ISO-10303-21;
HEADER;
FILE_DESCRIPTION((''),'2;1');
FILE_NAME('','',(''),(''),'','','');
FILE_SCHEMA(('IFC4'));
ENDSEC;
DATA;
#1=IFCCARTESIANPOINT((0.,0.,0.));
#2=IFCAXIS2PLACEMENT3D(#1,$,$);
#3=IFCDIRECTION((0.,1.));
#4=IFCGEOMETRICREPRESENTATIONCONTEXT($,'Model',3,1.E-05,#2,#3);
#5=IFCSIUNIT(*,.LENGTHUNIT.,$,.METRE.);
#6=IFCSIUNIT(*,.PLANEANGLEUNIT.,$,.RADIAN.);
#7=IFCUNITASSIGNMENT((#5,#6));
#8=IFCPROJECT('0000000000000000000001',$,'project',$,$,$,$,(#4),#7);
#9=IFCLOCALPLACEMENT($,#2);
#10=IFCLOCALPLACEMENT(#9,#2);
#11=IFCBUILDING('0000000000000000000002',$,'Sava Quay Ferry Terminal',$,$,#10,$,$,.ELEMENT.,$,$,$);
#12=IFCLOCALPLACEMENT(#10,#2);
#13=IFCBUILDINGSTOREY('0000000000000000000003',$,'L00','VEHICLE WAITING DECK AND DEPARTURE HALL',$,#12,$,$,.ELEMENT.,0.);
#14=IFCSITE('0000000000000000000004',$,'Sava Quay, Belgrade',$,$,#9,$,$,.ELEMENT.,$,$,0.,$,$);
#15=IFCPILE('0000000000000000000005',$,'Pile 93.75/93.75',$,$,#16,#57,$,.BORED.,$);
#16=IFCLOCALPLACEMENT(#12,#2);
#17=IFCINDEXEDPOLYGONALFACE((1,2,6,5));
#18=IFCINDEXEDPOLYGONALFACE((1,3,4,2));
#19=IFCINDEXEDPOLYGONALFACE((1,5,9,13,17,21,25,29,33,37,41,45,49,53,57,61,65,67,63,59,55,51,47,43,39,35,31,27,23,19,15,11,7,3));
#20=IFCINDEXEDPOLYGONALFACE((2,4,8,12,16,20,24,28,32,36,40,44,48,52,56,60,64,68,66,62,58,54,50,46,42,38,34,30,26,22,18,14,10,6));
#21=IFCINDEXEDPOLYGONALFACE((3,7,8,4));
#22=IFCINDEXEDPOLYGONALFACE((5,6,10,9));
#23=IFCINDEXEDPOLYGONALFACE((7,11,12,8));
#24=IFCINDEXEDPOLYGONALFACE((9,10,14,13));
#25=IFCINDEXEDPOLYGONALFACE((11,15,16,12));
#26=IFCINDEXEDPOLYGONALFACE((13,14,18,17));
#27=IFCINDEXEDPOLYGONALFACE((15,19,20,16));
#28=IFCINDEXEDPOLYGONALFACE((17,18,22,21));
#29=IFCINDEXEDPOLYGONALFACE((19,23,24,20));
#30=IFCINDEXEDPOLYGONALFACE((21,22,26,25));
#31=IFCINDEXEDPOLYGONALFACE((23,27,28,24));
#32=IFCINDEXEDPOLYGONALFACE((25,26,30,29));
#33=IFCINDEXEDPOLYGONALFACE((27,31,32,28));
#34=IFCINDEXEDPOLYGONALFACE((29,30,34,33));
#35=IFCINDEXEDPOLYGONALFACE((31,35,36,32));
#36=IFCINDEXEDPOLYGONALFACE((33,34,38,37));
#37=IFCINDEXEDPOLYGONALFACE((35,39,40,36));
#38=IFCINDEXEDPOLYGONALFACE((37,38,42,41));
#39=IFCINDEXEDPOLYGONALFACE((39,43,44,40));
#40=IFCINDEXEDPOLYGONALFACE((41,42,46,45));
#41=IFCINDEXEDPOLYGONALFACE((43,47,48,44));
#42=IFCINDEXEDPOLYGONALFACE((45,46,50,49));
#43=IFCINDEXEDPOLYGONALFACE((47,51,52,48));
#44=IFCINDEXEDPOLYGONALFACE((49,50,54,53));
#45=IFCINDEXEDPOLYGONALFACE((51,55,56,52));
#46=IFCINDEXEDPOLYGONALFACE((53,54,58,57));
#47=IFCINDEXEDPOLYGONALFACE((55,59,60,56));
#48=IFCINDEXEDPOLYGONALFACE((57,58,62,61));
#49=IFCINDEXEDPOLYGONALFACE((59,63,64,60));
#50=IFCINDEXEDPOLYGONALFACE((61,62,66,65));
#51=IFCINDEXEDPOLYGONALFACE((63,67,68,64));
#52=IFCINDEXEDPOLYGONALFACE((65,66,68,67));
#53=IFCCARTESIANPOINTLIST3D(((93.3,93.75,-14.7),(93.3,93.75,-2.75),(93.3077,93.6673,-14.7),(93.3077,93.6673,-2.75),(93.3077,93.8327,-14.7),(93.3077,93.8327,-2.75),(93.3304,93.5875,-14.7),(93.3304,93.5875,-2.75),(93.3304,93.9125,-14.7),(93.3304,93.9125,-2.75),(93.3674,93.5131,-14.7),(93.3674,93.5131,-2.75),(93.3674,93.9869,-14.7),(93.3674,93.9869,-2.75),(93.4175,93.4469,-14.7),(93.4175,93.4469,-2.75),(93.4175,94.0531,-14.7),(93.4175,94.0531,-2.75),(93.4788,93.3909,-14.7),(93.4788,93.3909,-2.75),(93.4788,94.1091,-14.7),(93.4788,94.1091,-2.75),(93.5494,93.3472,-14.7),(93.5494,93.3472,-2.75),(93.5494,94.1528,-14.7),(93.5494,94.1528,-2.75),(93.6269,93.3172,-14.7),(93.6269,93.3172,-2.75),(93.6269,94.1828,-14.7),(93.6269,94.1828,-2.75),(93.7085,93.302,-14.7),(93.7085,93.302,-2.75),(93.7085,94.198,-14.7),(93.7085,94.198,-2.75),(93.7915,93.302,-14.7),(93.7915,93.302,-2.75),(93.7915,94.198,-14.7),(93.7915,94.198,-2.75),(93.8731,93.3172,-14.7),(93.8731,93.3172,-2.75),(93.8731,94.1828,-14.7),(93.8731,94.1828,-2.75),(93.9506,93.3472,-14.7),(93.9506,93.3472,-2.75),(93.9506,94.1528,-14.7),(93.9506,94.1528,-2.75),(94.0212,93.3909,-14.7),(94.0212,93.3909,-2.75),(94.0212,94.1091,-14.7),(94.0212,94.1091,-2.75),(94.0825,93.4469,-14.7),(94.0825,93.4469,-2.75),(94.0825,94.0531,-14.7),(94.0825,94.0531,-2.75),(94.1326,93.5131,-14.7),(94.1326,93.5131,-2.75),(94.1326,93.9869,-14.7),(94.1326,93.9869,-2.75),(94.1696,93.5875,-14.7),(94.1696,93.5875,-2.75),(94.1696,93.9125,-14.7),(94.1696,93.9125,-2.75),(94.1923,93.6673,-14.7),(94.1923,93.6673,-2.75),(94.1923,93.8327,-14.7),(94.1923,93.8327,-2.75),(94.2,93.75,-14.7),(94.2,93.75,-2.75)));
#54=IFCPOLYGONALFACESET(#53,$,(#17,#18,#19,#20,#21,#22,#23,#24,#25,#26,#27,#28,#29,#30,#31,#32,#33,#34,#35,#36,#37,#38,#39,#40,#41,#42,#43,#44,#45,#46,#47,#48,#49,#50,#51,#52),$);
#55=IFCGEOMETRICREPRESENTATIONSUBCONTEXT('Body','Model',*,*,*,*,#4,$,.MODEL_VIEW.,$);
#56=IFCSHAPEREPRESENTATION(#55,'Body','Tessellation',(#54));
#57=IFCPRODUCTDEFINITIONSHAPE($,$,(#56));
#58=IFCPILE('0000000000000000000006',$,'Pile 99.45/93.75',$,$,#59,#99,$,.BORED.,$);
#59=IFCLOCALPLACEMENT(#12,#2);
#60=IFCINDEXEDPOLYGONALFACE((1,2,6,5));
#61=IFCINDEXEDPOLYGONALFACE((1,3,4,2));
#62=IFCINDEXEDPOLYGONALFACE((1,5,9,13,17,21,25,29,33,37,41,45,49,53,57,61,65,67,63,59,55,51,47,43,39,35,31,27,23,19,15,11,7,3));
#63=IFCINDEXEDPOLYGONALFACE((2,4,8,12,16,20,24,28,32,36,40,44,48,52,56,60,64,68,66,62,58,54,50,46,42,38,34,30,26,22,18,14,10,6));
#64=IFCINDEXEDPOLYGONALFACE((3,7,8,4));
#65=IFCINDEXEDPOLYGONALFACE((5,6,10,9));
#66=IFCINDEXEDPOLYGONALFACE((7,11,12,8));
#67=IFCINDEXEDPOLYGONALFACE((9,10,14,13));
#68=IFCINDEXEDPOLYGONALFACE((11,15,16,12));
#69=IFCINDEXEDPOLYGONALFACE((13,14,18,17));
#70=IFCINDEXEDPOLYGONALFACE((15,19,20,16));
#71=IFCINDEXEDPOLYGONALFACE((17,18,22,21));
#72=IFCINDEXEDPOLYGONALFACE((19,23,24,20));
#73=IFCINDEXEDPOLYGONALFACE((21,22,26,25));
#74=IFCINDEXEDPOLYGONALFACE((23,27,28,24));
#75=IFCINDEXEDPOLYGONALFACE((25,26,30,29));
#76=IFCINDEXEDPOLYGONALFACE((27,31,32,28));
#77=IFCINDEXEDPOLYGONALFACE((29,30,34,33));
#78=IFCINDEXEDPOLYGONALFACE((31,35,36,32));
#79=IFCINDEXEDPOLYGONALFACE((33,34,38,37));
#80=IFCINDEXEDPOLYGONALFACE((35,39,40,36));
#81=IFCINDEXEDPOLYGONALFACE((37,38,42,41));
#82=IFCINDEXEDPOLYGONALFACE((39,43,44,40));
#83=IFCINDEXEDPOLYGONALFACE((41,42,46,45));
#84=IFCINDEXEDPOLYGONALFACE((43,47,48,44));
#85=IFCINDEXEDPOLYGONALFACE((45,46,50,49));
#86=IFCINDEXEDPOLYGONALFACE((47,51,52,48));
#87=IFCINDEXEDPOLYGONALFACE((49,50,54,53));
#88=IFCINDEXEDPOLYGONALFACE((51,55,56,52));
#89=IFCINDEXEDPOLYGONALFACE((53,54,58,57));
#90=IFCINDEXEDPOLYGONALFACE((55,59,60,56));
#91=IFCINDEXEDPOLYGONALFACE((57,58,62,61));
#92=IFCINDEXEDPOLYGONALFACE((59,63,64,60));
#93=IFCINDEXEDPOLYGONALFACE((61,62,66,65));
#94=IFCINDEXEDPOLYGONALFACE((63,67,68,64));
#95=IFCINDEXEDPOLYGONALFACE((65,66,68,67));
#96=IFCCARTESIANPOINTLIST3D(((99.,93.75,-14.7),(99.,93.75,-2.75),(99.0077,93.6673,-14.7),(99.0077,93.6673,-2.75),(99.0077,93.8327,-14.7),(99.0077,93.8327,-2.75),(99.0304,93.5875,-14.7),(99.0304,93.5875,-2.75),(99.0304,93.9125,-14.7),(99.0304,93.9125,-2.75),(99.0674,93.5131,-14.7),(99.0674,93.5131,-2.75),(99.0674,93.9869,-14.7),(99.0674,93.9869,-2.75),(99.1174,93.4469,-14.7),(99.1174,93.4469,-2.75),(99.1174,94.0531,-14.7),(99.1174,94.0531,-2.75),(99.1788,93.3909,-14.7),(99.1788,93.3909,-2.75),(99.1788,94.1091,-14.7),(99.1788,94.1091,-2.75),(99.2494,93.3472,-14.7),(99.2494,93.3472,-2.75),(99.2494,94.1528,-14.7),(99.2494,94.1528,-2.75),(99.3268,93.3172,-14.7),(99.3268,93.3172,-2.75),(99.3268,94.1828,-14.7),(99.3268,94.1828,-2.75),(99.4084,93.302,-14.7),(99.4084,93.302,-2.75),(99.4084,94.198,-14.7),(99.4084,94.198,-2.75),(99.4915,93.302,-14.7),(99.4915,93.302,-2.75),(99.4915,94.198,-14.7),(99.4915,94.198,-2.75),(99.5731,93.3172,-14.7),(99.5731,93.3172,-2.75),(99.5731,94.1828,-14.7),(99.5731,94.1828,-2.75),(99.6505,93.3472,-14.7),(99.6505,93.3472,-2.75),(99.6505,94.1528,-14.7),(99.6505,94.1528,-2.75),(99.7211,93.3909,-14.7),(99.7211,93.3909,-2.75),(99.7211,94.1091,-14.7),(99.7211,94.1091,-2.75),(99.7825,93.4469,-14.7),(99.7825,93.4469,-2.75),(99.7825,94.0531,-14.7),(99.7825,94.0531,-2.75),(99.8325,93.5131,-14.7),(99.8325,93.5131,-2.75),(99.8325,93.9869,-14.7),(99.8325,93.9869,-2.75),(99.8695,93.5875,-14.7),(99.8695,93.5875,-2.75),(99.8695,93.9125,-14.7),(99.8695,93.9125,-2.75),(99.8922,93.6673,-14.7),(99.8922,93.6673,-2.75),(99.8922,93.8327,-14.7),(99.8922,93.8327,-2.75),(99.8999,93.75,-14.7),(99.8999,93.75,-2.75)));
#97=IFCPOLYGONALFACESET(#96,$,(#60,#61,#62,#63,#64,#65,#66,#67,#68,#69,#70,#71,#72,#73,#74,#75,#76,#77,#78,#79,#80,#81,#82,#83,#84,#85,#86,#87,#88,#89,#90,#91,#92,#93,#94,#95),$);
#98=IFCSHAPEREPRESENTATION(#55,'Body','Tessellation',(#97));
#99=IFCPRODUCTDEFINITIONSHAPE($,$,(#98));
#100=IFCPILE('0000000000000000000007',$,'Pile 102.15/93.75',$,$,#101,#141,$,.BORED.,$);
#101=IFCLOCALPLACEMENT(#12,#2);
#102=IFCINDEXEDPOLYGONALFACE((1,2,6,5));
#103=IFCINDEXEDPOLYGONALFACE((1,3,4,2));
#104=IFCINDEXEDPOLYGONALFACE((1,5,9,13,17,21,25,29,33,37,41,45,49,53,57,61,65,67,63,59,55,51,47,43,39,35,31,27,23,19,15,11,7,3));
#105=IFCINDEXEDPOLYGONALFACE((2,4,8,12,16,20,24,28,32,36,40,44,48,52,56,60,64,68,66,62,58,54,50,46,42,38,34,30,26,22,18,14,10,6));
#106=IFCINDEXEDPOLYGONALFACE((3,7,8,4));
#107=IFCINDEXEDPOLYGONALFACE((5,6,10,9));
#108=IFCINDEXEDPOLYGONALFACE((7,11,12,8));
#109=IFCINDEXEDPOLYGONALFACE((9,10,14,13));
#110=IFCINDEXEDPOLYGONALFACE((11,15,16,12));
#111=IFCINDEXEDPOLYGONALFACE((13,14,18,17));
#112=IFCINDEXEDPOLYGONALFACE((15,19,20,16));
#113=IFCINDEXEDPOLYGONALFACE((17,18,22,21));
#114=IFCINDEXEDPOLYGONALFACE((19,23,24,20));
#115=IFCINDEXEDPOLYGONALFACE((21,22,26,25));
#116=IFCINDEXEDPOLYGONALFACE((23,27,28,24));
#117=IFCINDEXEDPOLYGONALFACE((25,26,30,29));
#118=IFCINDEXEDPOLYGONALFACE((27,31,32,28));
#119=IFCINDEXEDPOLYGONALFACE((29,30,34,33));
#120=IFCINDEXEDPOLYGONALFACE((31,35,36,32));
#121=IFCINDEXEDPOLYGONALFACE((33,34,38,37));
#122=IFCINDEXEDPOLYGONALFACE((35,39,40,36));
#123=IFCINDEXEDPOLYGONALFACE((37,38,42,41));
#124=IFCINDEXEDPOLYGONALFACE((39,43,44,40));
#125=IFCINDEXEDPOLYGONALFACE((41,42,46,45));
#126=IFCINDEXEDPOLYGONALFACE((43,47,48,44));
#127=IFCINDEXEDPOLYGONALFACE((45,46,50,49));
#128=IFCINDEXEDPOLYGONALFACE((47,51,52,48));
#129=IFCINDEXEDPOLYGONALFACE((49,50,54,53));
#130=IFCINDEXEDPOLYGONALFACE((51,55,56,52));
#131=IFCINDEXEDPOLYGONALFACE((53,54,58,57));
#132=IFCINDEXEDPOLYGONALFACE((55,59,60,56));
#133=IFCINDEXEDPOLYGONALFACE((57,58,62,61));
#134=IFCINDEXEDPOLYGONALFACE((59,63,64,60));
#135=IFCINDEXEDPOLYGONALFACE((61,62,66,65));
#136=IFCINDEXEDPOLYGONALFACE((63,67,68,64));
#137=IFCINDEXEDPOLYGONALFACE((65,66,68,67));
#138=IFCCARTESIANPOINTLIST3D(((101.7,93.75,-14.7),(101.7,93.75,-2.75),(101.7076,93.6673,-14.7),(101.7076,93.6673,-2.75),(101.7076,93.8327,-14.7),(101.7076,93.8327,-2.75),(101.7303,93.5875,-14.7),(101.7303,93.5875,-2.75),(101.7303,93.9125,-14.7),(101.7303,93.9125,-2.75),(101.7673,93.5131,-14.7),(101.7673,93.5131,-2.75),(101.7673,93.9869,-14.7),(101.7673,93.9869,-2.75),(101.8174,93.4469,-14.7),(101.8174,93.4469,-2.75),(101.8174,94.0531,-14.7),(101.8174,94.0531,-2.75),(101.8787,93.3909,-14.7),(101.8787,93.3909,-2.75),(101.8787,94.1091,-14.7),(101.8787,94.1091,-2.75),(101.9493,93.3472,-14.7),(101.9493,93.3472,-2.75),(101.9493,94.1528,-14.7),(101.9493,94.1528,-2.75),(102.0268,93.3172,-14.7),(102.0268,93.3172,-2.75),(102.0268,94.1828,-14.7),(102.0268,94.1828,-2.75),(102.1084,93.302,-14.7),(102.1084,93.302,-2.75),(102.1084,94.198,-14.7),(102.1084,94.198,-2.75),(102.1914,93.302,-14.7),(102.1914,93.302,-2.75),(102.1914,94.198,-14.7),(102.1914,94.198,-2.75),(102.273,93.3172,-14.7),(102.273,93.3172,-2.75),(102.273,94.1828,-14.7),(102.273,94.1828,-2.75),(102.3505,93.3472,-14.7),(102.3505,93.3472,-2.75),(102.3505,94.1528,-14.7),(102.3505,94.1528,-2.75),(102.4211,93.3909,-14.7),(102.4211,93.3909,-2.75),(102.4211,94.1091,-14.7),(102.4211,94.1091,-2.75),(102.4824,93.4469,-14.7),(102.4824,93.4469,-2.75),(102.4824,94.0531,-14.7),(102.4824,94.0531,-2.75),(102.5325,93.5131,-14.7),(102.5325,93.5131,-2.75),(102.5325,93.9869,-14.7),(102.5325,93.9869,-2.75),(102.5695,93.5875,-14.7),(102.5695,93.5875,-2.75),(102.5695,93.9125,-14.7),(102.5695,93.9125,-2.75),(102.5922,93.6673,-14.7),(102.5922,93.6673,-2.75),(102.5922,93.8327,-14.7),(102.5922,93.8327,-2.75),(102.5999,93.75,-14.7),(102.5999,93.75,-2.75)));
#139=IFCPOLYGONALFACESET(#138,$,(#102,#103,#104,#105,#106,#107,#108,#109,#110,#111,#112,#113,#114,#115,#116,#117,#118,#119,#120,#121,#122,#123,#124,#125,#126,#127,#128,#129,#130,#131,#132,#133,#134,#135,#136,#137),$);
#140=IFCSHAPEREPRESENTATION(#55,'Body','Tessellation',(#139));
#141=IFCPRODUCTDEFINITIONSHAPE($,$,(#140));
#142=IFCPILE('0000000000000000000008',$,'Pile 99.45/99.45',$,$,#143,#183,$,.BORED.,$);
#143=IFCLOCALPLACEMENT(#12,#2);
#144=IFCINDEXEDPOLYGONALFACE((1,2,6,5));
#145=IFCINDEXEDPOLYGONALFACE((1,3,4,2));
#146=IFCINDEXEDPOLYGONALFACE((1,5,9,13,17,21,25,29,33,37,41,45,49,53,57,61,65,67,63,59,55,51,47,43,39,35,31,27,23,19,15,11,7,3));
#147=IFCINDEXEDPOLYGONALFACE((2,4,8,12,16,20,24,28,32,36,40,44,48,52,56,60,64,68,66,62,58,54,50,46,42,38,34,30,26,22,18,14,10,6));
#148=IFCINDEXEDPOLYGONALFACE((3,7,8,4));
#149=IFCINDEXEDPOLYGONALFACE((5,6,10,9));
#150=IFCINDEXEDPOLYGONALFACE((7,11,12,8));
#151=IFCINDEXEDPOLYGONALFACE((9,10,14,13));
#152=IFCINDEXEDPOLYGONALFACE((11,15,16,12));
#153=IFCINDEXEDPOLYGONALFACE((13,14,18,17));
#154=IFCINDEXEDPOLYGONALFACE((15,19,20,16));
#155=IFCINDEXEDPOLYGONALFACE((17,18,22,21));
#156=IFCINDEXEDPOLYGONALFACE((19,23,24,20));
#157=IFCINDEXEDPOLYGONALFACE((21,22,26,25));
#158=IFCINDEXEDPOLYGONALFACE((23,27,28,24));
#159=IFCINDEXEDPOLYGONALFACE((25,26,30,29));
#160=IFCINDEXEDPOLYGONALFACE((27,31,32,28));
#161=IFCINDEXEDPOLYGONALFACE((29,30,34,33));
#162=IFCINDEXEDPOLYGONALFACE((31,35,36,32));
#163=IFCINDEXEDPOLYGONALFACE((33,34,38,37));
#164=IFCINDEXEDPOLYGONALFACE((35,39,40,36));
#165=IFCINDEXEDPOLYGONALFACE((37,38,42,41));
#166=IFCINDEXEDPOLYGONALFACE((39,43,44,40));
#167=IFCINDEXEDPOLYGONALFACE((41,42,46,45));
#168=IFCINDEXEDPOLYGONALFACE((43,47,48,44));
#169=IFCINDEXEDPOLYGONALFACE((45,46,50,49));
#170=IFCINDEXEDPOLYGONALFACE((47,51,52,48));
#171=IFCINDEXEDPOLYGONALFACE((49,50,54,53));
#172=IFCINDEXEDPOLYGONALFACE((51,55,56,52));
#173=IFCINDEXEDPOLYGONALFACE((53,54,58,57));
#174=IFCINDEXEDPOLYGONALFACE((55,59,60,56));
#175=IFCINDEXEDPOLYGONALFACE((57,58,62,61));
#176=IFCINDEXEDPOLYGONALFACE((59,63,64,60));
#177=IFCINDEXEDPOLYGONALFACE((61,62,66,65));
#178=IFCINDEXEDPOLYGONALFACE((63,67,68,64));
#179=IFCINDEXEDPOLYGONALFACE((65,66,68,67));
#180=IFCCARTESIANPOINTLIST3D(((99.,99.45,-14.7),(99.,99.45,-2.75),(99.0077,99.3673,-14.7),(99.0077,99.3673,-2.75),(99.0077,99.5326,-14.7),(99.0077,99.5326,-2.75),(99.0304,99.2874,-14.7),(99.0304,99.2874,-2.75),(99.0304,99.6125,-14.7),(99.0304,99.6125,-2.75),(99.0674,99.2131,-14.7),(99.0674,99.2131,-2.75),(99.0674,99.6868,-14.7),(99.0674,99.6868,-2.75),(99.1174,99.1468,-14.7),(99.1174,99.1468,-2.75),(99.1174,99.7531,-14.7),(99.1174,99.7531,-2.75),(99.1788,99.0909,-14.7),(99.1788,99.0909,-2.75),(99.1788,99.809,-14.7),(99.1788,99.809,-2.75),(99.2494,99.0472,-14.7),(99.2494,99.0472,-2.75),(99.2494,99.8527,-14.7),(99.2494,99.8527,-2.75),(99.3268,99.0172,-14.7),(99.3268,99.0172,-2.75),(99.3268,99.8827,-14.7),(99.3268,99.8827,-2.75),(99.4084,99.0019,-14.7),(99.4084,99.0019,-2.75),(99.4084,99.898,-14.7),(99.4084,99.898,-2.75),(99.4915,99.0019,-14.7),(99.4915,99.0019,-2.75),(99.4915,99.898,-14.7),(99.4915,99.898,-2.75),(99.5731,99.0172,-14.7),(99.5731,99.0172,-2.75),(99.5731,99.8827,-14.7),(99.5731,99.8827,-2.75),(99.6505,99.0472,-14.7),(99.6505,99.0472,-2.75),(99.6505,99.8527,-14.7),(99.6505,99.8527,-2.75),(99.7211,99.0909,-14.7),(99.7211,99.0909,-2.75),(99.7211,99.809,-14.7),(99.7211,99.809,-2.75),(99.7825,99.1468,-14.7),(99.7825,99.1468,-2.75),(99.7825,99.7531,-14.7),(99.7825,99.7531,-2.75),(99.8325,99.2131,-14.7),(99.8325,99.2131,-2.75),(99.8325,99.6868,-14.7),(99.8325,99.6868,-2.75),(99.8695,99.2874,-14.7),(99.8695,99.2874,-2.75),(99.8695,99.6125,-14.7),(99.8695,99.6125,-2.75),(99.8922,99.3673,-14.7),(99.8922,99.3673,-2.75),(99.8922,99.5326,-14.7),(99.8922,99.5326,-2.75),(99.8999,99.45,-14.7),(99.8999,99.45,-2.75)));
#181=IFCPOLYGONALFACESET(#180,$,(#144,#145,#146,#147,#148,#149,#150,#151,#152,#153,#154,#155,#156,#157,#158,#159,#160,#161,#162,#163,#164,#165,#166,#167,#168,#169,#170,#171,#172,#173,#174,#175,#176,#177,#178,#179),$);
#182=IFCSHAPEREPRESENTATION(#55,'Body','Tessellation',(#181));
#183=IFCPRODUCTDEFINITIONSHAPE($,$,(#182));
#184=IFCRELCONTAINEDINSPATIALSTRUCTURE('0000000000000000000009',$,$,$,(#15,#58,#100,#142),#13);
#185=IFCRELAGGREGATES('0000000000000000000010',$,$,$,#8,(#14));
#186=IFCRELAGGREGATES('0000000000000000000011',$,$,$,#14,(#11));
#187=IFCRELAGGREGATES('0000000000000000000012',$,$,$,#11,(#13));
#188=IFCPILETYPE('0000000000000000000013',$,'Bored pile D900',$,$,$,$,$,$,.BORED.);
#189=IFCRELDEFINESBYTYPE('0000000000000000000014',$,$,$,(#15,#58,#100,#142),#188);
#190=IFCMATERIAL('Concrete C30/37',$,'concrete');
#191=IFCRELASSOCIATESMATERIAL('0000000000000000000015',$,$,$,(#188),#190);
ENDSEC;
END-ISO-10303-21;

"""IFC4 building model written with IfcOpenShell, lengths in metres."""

from ifc_helpers import new_model, si_unit, direction, frame, origin, origin_2d, place, context, subcontext, project, spatial, circle, extrude, material, material_profile, profile_set, type_object, element, save


model = new_model("IFC4")

# Units and contexts
model_context = context("Model", 3, precision=1e-05, world=origin(), true_north=direction((0.0, 1.0)))
body_context = subcontext(model_context, "Body", "Model", "MODEL_VIEW")
ifc_project = project(units=[si_unit("LENGTHUNIT", "METRE"), si_unit("PLANEANGLEUNIT", "RADIAN")], contexts=[model_context])

# Site, building, storey
site_placement = place(None, origin())
site = spatial("IfcSite", under=ifc_project, at=site_placement, Name="Sava Quay, Belgrade", CompositionType="ELEMENT", RefElevation=0.0)
building_placement = place(site_placement, origin())
building = spatial("IfcBuilding", under=site, at=building_placement, Name="Sava Quay Ferry Terminal", CompositionType="ELEMENT")
storey_placement = place(building_placement, origin())
storey = spatial("IfcBuildingStorey", under=building, at=storey_placement, Name="L00", Description="VEHICLE WAITING DECK AND DEPARTURE HALL", CompositionType="ELEMENT", Elevation=0.0)

# Piles
ifc_material_1 = material(Name="Concrete C30/37", Category="concrete")
ifc_material_profile_1 = material_profile(ifc_material_1, circle(Radius=0.45, at=origin_2d()), Name="Bored pile D900")
ifc_profile_set_1 = profile_set([ifc_material_profile_1], Name="Concrete C30/37")
pile_type = type_object("IfcPileType", Name="Bored pile D900", PredefinedType="BORED", material=ifc_profile_set_1)
for number, where, z_axis, x_axis, name in (
    (1, (93.75, 93.75, -2.75), (0.0, 0.0, -1.0), (1.0, 0.0, 0.0), "Pile 93.75/93.75"),
    (2, (99.45, 93.75, -2.75), (0.0, 0.0, -1.0), (1.0, 0.0, 0.0), "Pile 99.45/93.75"),
    (3, (102.1499, 93.75, -2.75), (0.0, 0.0, -1.0), (1.0, 0.0, 0.0), "Pile 102.15/93.75"),
    (4, (99.45, 99.45, -2.75), (0.0, 0.0, -1.0), (1.0, 0.0, 0.0), "Pile 99.45/99.45"),
):
    element("IfcPile", number, at=place(storey_placement, frame(where, z_axis=z_axis, x_axis=x_axis)), inside=storey, type_object=pile_type, Name=name, PredefinedType="BORED", context=body_context, shape_type="SweptSolid", body=[
        extrude(circle(Radius=0.45, at=origin_2d()), origin(), (0.0, 0.0, 1.0), 11.95),
    ])

save(model, "model.ifc")
